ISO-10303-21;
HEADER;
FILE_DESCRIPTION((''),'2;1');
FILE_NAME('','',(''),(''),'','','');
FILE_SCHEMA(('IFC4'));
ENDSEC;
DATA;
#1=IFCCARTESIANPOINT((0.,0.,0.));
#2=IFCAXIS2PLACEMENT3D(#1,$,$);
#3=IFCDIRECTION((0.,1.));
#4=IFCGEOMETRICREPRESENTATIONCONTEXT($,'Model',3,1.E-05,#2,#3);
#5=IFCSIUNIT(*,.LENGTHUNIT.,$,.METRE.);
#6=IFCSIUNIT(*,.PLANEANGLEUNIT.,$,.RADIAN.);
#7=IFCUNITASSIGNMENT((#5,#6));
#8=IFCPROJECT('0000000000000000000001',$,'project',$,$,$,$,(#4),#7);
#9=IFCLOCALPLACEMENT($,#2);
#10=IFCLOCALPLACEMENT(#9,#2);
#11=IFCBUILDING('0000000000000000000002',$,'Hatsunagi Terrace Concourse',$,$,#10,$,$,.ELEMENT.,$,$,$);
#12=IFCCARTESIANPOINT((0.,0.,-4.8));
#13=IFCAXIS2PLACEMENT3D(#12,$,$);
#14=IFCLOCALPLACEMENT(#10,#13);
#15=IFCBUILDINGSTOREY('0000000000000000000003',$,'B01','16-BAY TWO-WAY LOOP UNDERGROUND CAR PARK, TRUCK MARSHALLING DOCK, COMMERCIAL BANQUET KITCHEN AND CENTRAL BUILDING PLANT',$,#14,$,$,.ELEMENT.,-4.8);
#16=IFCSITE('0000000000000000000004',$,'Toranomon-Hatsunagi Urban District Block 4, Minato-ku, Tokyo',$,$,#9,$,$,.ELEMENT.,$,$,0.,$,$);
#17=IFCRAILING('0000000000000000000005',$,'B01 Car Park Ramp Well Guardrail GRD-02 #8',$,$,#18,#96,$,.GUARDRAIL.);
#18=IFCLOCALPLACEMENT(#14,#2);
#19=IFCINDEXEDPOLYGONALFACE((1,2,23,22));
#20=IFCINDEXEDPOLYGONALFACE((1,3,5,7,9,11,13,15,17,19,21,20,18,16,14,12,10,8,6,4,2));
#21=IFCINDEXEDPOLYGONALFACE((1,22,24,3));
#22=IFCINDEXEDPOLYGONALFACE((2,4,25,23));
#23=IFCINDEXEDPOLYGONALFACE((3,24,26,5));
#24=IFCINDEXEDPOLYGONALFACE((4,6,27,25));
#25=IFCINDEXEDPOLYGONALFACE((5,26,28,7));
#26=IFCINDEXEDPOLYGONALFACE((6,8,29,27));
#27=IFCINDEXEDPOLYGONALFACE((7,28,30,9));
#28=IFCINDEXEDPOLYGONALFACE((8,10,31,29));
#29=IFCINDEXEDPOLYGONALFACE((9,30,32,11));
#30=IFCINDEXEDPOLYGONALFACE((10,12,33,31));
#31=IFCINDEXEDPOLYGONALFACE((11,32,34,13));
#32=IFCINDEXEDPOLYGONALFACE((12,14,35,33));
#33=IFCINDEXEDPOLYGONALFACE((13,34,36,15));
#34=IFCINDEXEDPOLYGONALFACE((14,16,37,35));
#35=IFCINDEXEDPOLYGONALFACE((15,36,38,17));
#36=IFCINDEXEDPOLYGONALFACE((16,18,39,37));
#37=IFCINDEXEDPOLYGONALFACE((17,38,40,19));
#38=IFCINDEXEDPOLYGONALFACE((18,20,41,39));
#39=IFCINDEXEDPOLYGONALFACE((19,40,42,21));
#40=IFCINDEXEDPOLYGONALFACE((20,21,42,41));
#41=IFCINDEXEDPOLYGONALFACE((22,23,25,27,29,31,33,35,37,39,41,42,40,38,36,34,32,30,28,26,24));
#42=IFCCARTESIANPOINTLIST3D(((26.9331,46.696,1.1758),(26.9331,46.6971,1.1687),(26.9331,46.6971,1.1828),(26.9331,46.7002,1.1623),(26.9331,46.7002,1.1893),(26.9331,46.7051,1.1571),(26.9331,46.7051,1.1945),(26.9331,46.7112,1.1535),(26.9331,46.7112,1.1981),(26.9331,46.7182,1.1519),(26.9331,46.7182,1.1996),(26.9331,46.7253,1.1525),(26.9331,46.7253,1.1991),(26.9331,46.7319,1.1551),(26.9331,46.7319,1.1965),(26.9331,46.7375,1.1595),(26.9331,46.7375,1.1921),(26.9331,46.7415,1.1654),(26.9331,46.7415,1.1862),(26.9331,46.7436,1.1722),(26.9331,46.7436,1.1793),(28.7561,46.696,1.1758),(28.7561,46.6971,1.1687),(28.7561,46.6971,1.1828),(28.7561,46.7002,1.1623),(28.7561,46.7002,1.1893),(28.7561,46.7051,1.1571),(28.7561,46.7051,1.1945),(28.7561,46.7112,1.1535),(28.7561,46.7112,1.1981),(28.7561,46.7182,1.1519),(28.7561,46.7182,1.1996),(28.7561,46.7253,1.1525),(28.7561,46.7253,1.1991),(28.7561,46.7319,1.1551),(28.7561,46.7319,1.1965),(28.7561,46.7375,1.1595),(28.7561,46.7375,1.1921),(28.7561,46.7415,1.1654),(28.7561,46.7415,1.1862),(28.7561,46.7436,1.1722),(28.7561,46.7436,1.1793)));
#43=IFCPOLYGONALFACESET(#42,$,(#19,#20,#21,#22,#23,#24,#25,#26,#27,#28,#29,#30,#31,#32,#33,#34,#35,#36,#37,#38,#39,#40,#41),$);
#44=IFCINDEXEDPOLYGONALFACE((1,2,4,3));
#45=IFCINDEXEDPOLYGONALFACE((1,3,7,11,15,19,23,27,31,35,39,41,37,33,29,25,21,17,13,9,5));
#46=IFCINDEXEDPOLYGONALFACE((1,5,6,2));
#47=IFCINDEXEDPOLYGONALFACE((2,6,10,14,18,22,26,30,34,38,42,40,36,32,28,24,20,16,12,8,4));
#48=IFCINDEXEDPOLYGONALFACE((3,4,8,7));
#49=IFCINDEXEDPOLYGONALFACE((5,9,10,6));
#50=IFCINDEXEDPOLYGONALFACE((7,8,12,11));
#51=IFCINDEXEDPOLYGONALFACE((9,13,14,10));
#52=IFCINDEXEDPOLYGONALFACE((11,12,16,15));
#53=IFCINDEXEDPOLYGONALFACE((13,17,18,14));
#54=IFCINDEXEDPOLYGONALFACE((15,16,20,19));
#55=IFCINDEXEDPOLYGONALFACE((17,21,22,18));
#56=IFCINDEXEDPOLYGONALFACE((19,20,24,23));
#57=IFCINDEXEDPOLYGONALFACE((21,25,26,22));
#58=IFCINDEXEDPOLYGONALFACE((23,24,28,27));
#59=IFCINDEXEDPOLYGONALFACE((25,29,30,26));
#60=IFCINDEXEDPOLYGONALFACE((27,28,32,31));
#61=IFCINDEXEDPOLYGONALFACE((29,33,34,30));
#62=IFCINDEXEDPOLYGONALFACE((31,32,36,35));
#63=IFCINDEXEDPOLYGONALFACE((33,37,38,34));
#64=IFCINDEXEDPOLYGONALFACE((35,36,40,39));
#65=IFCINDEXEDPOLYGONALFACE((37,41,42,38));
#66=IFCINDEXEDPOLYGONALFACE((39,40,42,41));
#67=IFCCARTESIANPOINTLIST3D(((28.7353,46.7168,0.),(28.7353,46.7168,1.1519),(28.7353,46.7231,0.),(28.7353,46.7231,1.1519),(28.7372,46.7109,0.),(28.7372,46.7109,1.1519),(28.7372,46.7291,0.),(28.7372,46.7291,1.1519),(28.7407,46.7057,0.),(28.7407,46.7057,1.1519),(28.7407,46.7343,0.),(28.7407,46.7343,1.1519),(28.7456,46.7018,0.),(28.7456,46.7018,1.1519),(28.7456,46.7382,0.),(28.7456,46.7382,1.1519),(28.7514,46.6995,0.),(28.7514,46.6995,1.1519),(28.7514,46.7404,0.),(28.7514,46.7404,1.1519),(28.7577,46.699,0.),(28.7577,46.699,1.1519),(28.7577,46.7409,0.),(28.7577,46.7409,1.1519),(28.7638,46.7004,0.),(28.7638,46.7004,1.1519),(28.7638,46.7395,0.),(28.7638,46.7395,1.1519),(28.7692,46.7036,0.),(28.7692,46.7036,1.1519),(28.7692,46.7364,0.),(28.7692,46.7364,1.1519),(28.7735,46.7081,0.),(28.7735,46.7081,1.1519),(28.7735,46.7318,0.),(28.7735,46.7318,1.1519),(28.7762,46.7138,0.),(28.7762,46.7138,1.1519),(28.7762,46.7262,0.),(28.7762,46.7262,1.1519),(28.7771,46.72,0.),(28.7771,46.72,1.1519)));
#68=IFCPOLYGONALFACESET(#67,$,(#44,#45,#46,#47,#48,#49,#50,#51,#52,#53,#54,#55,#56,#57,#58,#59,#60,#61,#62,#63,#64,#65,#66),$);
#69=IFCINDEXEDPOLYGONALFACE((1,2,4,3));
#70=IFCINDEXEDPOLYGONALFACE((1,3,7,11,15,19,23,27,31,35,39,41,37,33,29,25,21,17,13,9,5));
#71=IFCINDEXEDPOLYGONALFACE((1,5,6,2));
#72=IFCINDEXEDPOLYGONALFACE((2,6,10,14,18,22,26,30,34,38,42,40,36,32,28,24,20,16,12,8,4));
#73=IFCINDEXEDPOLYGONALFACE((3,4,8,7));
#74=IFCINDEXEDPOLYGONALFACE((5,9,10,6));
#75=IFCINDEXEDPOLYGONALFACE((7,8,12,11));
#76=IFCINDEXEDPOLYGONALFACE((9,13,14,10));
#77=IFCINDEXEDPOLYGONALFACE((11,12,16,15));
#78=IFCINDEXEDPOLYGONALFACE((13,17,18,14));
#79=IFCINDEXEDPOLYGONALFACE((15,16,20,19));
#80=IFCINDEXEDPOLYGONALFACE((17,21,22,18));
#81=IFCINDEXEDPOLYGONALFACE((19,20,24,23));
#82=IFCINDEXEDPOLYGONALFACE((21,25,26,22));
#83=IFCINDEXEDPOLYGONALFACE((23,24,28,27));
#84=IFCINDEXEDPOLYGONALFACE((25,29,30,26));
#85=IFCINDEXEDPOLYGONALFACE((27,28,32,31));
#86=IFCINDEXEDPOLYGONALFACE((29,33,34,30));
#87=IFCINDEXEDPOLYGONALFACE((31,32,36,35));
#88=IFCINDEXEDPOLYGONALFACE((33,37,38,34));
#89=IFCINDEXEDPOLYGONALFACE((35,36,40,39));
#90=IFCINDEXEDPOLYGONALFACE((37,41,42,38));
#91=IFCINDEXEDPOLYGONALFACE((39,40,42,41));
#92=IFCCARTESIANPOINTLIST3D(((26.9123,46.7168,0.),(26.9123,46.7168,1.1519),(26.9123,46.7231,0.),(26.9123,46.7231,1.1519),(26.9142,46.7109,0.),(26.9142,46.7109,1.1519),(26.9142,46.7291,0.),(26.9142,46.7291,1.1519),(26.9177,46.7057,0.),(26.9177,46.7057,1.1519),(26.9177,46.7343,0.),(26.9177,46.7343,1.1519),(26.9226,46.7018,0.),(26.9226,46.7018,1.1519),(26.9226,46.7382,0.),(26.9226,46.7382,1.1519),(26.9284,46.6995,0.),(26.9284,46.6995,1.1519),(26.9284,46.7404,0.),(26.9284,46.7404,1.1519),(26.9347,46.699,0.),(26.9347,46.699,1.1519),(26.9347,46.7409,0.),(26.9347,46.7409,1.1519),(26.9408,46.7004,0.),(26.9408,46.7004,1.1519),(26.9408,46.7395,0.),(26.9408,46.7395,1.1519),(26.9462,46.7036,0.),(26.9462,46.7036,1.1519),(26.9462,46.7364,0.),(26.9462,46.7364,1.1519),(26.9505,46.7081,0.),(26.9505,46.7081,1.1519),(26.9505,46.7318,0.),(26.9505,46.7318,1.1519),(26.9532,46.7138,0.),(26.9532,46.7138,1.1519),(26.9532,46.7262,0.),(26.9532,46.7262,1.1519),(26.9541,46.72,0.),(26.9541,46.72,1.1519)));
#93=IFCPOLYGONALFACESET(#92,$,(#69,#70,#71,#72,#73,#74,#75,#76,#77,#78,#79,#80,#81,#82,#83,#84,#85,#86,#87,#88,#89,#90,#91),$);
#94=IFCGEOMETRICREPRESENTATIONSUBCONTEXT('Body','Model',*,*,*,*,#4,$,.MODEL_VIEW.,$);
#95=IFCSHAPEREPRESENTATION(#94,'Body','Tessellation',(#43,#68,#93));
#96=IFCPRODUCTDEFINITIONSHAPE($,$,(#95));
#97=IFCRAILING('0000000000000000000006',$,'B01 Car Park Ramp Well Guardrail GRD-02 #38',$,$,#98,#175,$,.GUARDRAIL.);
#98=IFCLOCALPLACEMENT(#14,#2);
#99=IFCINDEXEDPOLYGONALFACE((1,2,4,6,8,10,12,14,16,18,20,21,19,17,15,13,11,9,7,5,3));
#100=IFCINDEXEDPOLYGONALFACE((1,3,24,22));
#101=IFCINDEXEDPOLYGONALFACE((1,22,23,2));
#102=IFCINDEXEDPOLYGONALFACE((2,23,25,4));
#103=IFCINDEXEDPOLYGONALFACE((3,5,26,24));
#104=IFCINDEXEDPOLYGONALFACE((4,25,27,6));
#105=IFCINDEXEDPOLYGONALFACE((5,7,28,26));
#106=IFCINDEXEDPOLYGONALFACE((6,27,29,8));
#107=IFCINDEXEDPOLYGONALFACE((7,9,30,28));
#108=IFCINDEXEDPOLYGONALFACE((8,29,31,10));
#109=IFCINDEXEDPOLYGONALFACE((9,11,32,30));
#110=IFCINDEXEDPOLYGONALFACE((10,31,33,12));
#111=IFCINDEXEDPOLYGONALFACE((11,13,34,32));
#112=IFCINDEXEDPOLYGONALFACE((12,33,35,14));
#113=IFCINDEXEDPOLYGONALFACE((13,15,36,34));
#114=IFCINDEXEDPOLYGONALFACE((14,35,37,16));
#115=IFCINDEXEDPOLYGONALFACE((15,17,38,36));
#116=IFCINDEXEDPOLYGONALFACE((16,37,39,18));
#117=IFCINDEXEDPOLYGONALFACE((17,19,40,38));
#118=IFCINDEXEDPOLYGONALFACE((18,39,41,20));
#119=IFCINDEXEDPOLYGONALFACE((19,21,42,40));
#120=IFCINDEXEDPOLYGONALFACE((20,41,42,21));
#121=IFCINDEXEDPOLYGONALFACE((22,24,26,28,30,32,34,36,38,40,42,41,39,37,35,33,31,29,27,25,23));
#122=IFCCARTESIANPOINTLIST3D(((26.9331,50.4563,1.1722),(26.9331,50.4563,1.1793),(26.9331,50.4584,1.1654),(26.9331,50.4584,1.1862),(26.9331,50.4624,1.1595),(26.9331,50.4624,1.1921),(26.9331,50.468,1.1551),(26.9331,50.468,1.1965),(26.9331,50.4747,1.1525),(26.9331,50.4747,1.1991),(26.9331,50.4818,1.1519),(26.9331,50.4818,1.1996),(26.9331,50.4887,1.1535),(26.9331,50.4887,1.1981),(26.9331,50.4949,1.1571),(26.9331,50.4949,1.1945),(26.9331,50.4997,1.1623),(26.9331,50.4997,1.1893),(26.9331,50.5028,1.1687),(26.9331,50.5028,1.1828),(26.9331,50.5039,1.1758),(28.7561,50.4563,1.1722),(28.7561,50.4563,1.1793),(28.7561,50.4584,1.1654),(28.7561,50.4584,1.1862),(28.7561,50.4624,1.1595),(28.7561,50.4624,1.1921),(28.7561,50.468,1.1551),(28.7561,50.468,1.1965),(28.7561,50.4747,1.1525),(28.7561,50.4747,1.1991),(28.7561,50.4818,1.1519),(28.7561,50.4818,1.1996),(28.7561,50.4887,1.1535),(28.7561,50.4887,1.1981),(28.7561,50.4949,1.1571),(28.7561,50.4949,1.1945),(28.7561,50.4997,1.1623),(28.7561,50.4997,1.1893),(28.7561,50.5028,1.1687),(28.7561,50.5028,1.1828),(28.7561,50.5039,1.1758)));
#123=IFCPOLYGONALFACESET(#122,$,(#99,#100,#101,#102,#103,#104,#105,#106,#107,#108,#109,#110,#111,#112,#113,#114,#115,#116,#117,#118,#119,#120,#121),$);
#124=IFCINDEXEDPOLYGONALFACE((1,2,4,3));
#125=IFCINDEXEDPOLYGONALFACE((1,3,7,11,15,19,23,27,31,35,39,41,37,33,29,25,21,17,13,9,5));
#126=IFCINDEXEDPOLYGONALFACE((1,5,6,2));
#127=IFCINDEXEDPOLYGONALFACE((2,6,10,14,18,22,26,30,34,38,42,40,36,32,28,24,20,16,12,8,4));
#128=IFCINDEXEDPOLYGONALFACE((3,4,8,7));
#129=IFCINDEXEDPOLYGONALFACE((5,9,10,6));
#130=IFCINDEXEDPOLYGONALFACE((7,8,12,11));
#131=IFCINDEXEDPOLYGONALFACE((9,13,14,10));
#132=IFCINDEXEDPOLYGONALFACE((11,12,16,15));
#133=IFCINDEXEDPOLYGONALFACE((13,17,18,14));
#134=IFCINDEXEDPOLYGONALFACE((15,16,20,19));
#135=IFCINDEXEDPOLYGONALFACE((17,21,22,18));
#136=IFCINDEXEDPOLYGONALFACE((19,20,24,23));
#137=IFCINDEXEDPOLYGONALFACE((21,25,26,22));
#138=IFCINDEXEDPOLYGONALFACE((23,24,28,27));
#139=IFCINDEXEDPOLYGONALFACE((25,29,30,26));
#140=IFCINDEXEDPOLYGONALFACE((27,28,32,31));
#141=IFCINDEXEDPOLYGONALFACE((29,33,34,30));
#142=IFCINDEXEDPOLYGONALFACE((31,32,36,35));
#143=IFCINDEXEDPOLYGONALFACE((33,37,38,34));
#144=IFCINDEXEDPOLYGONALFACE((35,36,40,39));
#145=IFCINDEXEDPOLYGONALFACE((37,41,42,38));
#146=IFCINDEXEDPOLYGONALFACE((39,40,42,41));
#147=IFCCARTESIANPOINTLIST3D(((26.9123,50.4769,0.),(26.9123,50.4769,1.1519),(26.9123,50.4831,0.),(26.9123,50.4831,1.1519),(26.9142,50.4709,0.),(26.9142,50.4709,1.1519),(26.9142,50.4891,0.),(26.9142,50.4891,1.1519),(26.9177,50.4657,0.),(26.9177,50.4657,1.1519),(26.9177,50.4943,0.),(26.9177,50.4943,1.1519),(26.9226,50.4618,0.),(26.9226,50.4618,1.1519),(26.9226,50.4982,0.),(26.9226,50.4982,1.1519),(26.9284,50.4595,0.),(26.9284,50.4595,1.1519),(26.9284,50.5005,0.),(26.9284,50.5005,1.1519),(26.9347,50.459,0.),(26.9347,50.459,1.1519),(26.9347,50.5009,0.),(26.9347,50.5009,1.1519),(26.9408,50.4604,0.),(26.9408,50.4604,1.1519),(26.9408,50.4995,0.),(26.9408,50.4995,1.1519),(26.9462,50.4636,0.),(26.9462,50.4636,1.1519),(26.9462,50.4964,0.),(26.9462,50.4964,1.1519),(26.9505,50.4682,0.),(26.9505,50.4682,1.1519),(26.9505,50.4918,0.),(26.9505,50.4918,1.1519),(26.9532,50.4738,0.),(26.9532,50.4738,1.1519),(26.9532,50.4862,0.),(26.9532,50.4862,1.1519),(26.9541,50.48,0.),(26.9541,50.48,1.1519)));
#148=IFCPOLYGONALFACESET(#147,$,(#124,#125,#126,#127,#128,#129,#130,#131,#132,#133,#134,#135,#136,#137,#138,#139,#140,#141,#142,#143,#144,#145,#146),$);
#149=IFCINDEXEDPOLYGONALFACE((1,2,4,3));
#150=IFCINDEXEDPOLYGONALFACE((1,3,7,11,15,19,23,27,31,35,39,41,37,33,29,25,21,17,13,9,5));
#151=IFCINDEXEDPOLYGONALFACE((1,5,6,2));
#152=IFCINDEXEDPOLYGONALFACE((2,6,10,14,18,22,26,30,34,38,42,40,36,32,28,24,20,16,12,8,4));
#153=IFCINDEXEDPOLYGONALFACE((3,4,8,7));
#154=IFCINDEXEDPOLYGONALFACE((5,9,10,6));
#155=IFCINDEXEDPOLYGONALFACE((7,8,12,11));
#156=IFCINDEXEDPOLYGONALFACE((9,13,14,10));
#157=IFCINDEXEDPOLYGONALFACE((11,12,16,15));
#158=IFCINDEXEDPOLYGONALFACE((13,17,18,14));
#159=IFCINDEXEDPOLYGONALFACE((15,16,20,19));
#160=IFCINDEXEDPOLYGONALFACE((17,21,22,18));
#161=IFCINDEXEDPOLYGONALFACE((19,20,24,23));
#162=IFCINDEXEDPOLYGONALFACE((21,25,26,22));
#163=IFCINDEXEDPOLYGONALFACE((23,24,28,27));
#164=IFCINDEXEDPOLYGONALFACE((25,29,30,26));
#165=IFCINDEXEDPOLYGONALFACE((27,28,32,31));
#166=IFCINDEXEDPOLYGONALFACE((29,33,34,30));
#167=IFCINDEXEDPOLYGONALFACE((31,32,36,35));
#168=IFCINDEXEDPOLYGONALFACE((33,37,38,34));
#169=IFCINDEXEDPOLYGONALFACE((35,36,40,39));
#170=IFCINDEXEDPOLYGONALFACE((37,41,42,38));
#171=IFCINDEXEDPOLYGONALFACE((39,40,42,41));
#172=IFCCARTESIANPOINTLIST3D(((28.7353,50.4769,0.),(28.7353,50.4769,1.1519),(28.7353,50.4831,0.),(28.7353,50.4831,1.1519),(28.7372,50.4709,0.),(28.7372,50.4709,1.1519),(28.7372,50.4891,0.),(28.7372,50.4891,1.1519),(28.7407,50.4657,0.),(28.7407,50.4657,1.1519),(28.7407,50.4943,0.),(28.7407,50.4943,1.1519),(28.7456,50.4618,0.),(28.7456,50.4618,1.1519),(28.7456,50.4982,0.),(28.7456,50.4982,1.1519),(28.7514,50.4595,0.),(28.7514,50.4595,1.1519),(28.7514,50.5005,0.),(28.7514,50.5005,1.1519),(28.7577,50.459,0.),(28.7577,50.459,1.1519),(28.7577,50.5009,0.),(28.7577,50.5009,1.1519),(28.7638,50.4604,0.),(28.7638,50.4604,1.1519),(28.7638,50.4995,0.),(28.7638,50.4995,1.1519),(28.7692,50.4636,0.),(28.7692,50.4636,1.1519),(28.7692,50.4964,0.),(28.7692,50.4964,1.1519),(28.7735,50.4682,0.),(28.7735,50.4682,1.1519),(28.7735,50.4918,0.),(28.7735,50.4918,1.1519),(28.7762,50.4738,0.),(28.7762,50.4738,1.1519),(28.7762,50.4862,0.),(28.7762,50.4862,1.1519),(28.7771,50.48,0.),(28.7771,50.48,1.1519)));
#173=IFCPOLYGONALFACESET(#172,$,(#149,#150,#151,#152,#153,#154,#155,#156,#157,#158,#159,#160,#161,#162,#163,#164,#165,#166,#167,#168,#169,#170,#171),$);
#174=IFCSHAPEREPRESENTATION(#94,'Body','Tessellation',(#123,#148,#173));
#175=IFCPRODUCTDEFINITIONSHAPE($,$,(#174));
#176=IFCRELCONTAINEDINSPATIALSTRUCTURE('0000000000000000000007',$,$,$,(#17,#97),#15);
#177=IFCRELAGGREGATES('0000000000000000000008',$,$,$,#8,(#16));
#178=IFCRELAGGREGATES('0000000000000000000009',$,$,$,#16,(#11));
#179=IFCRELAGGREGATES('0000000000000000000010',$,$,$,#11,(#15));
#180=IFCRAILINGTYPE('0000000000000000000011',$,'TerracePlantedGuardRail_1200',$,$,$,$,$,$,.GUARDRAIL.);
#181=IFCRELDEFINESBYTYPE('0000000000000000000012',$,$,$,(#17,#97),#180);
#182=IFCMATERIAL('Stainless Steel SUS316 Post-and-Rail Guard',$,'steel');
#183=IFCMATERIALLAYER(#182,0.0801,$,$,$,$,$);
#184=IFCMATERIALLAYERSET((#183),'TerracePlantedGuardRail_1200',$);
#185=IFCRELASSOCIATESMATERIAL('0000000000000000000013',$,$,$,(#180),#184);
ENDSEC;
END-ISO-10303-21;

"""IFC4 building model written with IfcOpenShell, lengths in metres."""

from ifc_helpers import new_model, si_unit, direction, frame, origin, origin_2d, place, context, subcontext, project, spatial, circle, extrude, material, layer, layer_set, type_object, element, save


model = new_model("IFC4")

# Units and contexts
model_context = context("Model", 3, precision=1e-05, world=origin(), true_north=direction((0.0, 1.0)))
body_context = subcontext(model_context, "Body", "Model", "MODEL_VIEW")
ifc_project = project(units=[si_unit("LENGTHUNIT", "METRE"), si_unit("PLANEANGLEUNIT", "RADIAN")], contexts=[model_context])

# Site, building, storey
site_placement = place(None, origin())
site = spatial("IfcSite", under=ifc_project, at=site_placement, Name="Toranomon-Hatsunagi Urban District Block 4, Minato-ku, Tokyo", CompositionType="ELEMENT", RefElevation=0.0)
building_placement = place(site_placement, origin())
building = spatial("IfcBuilding", under=site, at=building_placement, Name="Hatsunagi Terrace Concourse", CompositionType="ELEMENT")
storey_placement = place(building_placement, frame((0.0, 0.0, -4.8)))
storey = spatial("IfcBuildingStorey", under=building, at=storey_placement, Name="B01", Description="16-BAY TWO-WAY LOOP UNDERGROUND CAR PARK, TRUCK MARSHALLING DOCK, COMMERCIAL BANQUET KITCHEN AND CENTRAL BUILDING PLANT", CompositionType="ELEMENT", Elevation=-4.8)

# Railings
ifc_material_1 = material(Name="Stainless Steel SUS316 Post-and-Rail Guard", Category="steel")
ifc_layer = layer(ifc_material_1, 0.0801)
ifc_layer_set = layer_set([ifc_layer], Name="TerracePlantedGuardRail_1200")
railing_type = type_object("IfcRailingType", Name="TerracePlantedGuardRail_1200", PredefinedType="GUARDRAIL", material=ifc_layer_set)
for number, where, name in (
    (1, (28.7561, 46.72, 0.0), "B01 Car Park Ramp Well Guardrail GRD-02 #8"),
):
    element("IfcRailing", number, at=place(storey_placement, frame(where)), inside=storey, type_object=railing_type, Name=name, PredefinedType="GUARDRAIL", context=body_context, shape_type="SweptSolid", body=[
        extrude(circle(Radius=0.0239, at=origin_2d()), frame((0.0, 0.0, 1.1758), z_axis=(-1.0, 0.0, 0.0), x_axis=(0.0, -1.0, 0.0)), (0.0, 0.0, 1.0), 1.823),
        extrude(circle(Radius=0.021, at=origin_2d()), origin(), (0.0, 0.0, 1.0), 1.1519),
        extrude(circle(Radius=0.021, at=origin_2d()), frame((-1.823, 0.0, 0.0)), (0.0, 0.0, 1.0), 1.1519),
    ])
for number, where, name in (
    (2, (26.9331, 50.48, 0.0), "B01 Car Park Ramp Well Guardrail GRD-02 #38"),
):
    element("IfcRailing", number, at=place(storey_placement, frame(where)), inside=storey, type_object=railing_type, Name=name, PredefinedType="GUARDRAIL", context=body_context, shape_type="SweptSolid", body=[
        extrude(circle(Radius=0.0239, at=origin_2d()), frame((0.0, 0.0, 1.1758), z_axis=(1.0, 0.0, 0.0), x_axis=(0.0, 1.0, 0.0)), (0.0, 0.0, 1.0), 1.823),
        extrude(circle(Radius=0.021, at=origin_2d()), origin(), (0.0, 0.0, 1.0), 1.1519),
        extrude(circle(Radius=0.021, at=origin_2d()), frame((1.823, 0.0, 0.0)), (0.0, 0.0, 1.0), 1.1519),
    ])

save(model, "model.ifc")
